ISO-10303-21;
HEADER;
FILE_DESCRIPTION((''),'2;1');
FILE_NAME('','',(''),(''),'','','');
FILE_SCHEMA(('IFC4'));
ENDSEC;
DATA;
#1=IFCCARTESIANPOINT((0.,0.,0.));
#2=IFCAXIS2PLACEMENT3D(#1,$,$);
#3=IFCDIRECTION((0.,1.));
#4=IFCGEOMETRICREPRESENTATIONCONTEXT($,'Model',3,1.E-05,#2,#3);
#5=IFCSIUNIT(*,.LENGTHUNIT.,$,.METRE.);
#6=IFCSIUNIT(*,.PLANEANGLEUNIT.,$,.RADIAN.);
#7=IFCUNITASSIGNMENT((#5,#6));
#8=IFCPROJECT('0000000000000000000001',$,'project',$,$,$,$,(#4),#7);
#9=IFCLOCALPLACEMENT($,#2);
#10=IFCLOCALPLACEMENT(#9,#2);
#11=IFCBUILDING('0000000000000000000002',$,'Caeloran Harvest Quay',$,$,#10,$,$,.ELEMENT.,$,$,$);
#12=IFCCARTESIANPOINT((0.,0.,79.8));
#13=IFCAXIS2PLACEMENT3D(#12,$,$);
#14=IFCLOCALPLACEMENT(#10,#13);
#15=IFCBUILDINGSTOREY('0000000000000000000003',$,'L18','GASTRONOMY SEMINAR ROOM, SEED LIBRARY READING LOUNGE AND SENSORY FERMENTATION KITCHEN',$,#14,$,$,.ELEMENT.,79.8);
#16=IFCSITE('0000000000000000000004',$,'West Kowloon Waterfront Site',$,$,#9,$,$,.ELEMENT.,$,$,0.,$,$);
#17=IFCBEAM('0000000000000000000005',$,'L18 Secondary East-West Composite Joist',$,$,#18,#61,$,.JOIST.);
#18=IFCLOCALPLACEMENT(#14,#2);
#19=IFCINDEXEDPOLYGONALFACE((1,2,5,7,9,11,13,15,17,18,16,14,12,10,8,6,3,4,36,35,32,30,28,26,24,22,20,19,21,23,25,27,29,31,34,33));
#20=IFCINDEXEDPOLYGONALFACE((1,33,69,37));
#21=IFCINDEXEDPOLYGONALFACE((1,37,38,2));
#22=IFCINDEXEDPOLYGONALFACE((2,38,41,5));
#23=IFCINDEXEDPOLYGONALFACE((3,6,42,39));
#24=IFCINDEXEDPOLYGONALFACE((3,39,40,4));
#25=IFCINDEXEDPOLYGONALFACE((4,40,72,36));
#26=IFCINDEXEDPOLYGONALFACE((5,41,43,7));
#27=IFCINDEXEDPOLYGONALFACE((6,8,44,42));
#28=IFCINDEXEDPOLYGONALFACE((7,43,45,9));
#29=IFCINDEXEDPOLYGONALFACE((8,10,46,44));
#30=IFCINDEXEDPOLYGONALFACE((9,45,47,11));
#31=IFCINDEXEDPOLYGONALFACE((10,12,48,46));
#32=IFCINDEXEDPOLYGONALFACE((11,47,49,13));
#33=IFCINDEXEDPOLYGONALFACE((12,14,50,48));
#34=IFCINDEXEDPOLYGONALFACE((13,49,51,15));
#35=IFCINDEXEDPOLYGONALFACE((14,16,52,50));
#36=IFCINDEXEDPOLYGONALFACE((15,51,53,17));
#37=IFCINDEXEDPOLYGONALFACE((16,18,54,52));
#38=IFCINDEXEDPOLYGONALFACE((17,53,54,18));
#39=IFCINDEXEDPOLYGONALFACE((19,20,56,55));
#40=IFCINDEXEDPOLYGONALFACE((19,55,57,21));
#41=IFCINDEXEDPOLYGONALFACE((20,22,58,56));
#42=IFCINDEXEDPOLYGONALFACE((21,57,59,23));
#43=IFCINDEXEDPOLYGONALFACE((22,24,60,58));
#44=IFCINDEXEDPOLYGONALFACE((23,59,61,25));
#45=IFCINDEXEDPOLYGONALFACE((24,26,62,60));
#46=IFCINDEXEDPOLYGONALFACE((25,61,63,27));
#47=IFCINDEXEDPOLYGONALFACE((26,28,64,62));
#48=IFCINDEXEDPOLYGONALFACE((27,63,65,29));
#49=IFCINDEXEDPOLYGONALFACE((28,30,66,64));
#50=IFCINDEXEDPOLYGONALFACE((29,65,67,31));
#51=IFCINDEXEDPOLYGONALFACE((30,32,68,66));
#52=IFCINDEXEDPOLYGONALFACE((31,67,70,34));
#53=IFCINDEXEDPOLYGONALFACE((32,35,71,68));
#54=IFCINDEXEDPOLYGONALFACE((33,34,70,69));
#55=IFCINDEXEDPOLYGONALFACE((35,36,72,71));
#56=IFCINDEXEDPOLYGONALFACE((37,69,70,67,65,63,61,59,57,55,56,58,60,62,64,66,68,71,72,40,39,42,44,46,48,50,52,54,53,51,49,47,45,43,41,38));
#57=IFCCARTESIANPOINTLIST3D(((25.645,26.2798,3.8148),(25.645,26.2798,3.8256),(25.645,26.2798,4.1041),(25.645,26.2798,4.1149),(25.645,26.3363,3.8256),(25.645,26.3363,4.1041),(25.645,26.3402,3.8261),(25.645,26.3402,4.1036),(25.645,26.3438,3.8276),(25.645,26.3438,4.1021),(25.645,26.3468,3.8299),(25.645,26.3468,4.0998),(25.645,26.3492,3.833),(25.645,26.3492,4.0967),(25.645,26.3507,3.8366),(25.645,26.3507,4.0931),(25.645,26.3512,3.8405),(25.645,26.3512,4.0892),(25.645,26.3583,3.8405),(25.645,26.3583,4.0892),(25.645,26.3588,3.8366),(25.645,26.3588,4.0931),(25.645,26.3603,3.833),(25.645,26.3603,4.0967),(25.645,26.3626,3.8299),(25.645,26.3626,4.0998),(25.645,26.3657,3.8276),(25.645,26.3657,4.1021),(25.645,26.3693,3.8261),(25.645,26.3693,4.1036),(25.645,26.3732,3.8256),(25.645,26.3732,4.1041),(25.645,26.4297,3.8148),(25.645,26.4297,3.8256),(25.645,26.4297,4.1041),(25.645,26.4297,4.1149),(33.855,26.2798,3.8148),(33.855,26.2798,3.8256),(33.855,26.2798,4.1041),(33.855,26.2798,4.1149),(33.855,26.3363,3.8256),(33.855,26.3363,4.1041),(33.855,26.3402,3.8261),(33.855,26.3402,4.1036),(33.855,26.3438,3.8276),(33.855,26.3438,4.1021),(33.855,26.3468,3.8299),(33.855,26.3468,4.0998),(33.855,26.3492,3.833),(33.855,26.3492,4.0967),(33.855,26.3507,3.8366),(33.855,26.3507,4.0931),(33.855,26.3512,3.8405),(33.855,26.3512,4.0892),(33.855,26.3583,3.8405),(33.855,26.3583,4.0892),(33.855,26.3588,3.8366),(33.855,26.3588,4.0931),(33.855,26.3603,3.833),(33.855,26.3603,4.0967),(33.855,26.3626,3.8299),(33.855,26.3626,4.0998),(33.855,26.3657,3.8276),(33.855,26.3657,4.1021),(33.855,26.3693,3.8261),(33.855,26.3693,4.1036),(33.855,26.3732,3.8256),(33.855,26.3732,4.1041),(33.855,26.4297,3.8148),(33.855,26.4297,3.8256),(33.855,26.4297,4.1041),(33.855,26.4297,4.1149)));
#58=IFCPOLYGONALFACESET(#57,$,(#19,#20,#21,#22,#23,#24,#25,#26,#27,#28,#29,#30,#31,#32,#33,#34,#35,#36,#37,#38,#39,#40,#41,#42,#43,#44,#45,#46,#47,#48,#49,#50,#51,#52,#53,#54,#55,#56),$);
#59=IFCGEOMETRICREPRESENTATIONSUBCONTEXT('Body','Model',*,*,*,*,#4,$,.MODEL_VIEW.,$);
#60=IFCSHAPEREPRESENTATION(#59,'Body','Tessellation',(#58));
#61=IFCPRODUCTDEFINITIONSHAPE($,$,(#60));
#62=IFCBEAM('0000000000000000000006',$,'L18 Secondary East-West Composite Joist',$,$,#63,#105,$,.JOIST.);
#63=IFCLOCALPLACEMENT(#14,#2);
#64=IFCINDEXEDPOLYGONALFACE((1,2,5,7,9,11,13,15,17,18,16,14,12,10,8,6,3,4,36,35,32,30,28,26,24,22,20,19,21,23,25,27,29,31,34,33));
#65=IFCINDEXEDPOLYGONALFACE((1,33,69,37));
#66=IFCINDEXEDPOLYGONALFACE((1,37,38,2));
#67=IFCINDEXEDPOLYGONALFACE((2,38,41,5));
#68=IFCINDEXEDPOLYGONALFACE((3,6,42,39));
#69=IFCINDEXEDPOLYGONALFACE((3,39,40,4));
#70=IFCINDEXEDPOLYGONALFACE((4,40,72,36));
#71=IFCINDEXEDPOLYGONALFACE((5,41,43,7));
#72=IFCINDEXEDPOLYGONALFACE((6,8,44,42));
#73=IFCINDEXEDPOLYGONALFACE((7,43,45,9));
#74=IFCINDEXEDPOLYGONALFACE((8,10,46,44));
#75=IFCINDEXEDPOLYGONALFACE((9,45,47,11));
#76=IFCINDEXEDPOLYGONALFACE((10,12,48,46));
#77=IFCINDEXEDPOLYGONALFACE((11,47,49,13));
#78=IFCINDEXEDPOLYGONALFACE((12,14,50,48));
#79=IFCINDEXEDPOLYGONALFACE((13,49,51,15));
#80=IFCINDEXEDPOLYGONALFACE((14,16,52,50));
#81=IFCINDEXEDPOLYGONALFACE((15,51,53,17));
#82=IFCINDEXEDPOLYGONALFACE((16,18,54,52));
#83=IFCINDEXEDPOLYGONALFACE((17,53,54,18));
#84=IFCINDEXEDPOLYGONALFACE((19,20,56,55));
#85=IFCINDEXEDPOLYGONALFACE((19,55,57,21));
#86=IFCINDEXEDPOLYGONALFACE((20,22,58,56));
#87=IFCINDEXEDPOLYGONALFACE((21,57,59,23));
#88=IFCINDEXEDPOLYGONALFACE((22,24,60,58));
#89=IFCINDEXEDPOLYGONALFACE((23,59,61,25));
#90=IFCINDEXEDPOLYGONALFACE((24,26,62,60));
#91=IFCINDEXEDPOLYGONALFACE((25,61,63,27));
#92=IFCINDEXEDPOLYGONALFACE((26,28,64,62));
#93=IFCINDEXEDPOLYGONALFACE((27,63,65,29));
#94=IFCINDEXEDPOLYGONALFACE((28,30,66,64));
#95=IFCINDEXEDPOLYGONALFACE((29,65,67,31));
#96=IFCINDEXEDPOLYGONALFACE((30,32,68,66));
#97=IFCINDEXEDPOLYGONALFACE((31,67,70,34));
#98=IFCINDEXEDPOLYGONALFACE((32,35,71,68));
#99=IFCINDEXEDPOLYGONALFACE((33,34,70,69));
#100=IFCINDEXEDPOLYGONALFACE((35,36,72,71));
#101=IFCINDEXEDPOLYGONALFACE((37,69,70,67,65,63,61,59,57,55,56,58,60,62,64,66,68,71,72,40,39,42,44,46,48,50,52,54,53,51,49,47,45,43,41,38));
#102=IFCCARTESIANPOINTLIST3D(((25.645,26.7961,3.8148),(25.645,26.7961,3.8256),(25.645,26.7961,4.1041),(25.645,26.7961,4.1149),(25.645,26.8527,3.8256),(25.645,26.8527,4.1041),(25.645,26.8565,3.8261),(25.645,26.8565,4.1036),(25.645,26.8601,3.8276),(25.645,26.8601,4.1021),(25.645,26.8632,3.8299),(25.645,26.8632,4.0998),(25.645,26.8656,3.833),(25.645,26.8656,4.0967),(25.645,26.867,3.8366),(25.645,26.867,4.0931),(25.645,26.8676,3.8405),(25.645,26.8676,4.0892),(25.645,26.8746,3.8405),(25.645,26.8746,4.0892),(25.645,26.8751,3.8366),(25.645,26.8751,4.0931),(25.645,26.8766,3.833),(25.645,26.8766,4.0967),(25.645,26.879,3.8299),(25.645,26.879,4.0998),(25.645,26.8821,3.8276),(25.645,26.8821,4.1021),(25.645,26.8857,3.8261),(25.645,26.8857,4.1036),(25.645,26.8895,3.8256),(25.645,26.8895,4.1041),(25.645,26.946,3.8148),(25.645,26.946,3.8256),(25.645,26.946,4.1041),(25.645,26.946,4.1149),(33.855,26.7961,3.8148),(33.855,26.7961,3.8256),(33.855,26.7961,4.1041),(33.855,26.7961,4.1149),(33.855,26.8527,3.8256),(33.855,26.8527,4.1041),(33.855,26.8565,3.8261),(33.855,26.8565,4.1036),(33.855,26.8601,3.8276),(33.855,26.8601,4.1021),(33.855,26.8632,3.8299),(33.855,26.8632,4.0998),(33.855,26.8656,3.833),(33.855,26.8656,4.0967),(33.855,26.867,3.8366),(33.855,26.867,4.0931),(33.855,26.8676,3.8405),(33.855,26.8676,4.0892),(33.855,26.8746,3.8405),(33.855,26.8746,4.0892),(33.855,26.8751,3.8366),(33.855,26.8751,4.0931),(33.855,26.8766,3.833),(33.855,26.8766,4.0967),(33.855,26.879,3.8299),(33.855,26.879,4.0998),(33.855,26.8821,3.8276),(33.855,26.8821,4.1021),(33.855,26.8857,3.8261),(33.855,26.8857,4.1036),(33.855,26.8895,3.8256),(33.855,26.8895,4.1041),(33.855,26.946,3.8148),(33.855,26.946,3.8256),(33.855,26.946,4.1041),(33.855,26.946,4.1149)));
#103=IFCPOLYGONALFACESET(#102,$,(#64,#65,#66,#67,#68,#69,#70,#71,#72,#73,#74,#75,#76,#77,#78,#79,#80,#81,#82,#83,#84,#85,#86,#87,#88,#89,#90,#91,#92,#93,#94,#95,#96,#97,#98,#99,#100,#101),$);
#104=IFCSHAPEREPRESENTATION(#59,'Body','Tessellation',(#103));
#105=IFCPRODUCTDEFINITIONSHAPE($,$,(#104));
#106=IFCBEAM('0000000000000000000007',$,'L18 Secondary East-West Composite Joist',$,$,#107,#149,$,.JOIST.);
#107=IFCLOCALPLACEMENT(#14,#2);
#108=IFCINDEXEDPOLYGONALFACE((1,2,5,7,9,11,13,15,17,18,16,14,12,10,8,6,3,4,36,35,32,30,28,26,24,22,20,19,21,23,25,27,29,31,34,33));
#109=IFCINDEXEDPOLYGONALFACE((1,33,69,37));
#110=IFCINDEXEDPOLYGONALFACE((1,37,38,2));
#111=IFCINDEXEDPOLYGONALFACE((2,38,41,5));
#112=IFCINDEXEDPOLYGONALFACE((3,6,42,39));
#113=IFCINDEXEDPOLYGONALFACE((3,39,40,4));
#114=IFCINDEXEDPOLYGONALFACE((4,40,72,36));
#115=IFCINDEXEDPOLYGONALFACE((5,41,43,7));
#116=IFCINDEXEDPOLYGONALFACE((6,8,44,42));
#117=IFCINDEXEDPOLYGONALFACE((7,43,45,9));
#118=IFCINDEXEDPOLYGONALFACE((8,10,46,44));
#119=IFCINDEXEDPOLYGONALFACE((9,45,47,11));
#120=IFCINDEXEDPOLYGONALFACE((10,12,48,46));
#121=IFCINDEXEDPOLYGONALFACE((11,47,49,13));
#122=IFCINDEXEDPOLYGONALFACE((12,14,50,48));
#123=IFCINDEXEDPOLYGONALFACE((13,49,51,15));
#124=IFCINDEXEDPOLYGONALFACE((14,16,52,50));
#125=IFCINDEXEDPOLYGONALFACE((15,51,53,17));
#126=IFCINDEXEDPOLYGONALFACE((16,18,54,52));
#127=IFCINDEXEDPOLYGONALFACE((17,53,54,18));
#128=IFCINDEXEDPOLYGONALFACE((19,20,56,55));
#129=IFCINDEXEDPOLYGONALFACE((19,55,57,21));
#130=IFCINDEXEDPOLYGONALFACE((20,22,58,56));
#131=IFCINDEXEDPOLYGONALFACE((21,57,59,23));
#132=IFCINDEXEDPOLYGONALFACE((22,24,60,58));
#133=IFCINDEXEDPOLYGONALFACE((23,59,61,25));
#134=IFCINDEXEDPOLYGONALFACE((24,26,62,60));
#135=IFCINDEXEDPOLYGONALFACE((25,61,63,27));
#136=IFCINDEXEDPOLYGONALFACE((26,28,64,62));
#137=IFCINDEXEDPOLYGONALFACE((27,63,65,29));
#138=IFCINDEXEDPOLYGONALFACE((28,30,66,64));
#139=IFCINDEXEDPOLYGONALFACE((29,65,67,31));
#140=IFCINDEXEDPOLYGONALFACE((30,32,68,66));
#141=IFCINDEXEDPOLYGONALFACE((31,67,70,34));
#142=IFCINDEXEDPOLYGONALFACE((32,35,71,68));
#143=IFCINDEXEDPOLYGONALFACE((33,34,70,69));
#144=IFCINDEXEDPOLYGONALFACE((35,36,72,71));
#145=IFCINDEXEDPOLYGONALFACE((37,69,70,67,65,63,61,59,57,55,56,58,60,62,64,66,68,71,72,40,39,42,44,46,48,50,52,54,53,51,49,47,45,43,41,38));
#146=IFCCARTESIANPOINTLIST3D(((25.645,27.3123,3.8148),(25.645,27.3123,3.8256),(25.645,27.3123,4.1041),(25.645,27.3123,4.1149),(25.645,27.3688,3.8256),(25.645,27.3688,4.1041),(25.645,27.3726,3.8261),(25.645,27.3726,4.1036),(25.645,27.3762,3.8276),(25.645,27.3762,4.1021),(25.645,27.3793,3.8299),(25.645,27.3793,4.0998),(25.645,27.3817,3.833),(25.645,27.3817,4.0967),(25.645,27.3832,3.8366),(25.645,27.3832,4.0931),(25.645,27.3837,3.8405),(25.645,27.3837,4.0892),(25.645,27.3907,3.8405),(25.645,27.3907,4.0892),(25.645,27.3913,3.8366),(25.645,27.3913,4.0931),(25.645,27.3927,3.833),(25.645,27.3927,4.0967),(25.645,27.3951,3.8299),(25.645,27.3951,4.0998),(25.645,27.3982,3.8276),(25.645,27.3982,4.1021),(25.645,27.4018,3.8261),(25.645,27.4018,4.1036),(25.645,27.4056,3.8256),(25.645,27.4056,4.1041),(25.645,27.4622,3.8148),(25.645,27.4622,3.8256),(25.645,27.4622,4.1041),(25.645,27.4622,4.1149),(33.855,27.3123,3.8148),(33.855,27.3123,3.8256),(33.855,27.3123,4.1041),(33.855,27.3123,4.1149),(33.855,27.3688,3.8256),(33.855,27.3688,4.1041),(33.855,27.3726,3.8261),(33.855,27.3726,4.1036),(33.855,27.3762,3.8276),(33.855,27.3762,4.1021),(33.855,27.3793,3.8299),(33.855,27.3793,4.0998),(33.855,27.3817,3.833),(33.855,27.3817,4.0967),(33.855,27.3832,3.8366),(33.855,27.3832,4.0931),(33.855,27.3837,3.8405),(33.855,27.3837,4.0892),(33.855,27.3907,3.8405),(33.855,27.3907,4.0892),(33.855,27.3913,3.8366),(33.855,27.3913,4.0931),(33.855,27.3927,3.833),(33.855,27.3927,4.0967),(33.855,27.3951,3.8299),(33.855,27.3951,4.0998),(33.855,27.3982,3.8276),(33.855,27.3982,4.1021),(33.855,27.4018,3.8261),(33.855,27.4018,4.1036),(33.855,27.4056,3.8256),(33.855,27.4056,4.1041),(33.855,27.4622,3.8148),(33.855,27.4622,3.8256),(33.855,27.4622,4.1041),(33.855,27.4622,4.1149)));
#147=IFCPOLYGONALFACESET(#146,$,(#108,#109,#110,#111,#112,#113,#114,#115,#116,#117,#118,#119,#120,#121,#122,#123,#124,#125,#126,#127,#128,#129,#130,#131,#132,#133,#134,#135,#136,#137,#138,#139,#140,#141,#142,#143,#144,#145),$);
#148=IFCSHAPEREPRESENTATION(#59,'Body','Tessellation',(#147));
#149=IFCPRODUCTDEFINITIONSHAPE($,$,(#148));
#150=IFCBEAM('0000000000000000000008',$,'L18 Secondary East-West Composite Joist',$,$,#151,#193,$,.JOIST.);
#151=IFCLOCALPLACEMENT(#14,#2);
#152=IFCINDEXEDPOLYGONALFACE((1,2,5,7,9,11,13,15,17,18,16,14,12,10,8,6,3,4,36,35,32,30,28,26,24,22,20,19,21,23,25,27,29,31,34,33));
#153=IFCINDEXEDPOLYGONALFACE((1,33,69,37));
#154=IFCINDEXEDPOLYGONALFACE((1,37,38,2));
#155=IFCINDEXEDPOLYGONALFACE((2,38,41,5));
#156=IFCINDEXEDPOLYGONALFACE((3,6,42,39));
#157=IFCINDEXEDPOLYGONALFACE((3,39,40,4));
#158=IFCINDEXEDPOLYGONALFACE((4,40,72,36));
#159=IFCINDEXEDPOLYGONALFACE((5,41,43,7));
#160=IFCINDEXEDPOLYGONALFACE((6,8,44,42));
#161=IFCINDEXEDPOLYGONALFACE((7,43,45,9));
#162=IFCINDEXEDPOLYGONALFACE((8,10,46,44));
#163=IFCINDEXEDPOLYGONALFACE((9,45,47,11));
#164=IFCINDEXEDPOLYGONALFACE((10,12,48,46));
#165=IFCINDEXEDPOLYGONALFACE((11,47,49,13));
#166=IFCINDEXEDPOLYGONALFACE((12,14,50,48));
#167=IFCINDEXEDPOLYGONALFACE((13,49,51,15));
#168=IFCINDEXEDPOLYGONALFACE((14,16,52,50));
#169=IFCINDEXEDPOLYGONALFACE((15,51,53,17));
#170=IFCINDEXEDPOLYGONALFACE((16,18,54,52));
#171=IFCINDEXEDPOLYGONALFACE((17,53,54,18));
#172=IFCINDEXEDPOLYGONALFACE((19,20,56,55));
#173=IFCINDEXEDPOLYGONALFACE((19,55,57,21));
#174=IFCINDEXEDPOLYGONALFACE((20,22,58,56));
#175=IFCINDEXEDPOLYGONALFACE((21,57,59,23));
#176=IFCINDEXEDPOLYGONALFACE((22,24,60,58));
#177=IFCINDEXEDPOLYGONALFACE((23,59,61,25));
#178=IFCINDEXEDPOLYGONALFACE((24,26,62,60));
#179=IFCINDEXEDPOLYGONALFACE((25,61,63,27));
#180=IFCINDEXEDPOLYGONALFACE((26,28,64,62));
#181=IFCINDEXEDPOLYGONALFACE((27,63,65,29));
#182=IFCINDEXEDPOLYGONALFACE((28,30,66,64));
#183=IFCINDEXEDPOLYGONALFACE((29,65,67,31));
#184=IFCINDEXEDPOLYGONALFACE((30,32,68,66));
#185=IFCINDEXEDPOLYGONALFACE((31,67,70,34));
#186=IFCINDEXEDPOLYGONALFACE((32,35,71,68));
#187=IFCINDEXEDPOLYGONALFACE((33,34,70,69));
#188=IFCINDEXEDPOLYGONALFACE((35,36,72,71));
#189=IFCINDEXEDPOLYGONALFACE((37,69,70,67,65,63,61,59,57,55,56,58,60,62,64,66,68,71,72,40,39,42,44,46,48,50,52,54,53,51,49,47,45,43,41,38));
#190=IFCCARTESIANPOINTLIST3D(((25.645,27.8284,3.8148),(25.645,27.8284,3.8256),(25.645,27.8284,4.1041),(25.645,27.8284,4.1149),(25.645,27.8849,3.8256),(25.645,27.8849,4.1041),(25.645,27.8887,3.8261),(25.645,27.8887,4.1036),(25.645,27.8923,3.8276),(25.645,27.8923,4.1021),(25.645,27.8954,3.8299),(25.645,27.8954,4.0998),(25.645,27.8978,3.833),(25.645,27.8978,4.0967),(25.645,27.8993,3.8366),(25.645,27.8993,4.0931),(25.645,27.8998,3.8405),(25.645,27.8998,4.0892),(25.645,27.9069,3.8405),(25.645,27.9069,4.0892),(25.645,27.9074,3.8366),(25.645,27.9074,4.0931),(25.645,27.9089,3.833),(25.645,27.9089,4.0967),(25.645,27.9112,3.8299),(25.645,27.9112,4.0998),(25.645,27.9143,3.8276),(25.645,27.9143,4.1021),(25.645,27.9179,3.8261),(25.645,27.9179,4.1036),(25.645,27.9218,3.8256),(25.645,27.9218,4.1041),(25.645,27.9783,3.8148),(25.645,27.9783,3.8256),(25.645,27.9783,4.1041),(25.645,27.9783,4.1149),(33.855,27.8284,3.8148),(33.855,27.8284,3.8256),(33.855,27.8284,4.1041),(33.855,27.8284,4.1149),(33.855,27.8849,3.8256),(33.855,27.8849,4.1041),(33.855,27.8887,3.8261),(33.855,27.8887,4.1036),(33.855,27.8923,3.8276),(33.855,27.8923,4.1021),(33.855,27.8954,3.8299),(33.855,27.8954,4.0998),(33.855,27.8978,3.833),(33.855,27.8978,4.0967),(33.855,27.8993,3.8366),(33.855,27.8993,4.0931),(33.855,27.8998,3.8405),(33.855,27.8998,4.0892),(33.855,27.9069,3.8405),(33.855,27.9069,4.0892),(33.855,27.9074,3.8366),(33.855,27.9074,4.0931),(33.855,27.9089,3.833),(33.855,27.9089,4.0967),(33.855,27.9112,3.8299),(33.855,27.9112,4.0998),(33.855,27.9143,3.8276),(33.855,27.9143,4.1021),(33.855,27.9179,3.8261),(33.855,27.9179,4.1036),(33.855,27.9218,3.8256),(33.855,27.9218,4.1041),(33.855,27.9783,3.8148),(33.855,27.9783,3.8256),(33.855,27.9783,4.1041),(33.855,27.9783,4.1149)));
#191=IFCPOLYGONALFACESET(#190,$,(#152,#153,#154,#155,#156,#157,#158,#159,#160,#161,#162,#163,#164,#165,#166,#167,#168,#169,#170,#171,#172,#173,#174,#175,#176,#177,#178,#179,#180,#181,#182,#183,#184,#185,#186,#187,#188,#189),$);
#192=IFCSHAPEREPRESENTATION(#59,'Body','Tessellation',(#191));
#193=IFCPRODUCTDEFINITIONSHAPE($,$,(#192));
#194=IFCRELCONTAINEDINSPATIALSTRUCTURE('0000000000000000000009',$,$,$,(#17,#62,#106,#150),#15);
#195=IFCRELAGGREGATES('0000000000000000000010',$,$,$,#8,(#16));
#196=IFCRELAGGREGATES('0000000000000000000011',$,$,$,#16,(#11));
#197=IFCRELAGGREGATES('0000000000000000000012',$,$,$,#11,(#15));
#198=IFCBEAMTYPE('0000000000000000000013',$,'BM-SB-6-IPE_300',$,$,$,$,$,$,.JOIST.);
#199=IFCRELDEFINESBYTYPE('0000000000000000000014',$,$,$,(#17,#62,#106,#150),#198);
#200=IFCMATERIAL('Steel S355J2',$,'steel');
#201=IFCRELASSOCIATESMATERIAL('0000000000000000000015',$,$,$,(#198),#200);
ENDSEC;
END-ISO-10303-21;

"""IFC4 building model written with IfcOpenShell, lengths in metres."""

from ifc_helpers import new_model, si_unit, direction, frame, origin, origin_2d, place, context, subcontext, project, spatial, i_section, extrude, material, material_profile, profile_set, type_object, element, save


model = new_model("IFC4")

# Units and contexts
model_context = context("Model", 3, precision=1e-05, world=origin(), true_north=direction((0.0, 1.0)))
body_context = subcontext(model_context, "Body", "Model", "MODEL_VIEW")
ifc_project = project(units=[si_unit("LENGTHUNIT", "METRE"), si_unit("PLANEANGLEUNIT", "RADIAN")], contexts=[model_context])

# Site, building, storey
site_placement = place(None, origin())
site = spatial("IfcSite", under=ifc_project, at=site_placement, Name="West Kowloon Waterfront Site", CompositionType="ELEMENT", RefElevation=0.0)
building_placement = place(site_placement, origin())
building = spatial("IfcBuilding", under=site, at=building_placement, Name="Caeloran Harvest Quay", CompositionType="ELEMENT")
storey_placement = place(building_placement, frame((0.0, 0.0, 79.8)))
storey = spatial("IfcBuildingStorey", under=building, at=storey_placement, Name="L18", Description="GASTRONOMY SEMINAR ROOM, SEED LIBRARY READING LOUNGE AND SENSORY FERMENTATION KITCHEN", CompositionType="ELEMENT", Elevation=79.8)

# Beams
ifc_material_1 = material(Name="Steel S355J2", Category="steel")
ifc_material_profile_1 = material_profile(ifc_material_1, i_section(OverallWidth=0.1499, OverallDepth=0.3, WebThickness=0.0071, FlangeThickness=0.0107, FilletRadius=0.0149, at=origin_2d()), Name="IPE 300")
ifc_profile_set_1 = profile_set([ifc_material_profile_1], Name="Steel S355J2")
beam_type_1 = type_object("IfcBeamType", Name="BM-SB-6-IPE_300", PredefinedType="JOIST", material=ifc_profile_set_1)
for number, where, z_axis, x_axis, name in (
    (1, (25.645, 26.3547, 3.9648), (1.0, 0.0, 0.0), (0.0, 1.0, 0.0), "L18 Secondary East-West Composite Joist"),
    (2, (25.645, 26.8711, 3.9648), (1.0, 0.0, 0.0), (0.0, 1.0, 0.0), "L18 Secondary East-West Composite Joist"),
    (3, (25.645, 27.3872, 3.9648), (1.0, 0.0, 0.0), (0.0, 1.0, 0.0), "L18 Secondary East-West Composite Joist"),
    (4, (25.645, 27.9033, 3.9648), (1.0, 0.0, 0.0), (0.0, 1.0, 0.0), "L18 Secondary East-West Composite Joist"),
):
    element("IfcBeam", number, at=place(storey_placement, frame(where, z_axis=z_axis, x_axis=x_axis)), inside=storey, type_object=beam_type_1, Name=name, PredefinedType="JOIST", context=body_context, shape_type="SweptSolid", body=[
        extrude(i_section(OverallWidth=0.1499, OverallDepth=0.3, WebThickness=0.0071, FlangeThickness=0.0107, FilletRadius=0.0149, at=origin_2d()), origin(), (0.0, 0.0, 1.0), 8.21),
    ])

save(model, "model.ifc")
